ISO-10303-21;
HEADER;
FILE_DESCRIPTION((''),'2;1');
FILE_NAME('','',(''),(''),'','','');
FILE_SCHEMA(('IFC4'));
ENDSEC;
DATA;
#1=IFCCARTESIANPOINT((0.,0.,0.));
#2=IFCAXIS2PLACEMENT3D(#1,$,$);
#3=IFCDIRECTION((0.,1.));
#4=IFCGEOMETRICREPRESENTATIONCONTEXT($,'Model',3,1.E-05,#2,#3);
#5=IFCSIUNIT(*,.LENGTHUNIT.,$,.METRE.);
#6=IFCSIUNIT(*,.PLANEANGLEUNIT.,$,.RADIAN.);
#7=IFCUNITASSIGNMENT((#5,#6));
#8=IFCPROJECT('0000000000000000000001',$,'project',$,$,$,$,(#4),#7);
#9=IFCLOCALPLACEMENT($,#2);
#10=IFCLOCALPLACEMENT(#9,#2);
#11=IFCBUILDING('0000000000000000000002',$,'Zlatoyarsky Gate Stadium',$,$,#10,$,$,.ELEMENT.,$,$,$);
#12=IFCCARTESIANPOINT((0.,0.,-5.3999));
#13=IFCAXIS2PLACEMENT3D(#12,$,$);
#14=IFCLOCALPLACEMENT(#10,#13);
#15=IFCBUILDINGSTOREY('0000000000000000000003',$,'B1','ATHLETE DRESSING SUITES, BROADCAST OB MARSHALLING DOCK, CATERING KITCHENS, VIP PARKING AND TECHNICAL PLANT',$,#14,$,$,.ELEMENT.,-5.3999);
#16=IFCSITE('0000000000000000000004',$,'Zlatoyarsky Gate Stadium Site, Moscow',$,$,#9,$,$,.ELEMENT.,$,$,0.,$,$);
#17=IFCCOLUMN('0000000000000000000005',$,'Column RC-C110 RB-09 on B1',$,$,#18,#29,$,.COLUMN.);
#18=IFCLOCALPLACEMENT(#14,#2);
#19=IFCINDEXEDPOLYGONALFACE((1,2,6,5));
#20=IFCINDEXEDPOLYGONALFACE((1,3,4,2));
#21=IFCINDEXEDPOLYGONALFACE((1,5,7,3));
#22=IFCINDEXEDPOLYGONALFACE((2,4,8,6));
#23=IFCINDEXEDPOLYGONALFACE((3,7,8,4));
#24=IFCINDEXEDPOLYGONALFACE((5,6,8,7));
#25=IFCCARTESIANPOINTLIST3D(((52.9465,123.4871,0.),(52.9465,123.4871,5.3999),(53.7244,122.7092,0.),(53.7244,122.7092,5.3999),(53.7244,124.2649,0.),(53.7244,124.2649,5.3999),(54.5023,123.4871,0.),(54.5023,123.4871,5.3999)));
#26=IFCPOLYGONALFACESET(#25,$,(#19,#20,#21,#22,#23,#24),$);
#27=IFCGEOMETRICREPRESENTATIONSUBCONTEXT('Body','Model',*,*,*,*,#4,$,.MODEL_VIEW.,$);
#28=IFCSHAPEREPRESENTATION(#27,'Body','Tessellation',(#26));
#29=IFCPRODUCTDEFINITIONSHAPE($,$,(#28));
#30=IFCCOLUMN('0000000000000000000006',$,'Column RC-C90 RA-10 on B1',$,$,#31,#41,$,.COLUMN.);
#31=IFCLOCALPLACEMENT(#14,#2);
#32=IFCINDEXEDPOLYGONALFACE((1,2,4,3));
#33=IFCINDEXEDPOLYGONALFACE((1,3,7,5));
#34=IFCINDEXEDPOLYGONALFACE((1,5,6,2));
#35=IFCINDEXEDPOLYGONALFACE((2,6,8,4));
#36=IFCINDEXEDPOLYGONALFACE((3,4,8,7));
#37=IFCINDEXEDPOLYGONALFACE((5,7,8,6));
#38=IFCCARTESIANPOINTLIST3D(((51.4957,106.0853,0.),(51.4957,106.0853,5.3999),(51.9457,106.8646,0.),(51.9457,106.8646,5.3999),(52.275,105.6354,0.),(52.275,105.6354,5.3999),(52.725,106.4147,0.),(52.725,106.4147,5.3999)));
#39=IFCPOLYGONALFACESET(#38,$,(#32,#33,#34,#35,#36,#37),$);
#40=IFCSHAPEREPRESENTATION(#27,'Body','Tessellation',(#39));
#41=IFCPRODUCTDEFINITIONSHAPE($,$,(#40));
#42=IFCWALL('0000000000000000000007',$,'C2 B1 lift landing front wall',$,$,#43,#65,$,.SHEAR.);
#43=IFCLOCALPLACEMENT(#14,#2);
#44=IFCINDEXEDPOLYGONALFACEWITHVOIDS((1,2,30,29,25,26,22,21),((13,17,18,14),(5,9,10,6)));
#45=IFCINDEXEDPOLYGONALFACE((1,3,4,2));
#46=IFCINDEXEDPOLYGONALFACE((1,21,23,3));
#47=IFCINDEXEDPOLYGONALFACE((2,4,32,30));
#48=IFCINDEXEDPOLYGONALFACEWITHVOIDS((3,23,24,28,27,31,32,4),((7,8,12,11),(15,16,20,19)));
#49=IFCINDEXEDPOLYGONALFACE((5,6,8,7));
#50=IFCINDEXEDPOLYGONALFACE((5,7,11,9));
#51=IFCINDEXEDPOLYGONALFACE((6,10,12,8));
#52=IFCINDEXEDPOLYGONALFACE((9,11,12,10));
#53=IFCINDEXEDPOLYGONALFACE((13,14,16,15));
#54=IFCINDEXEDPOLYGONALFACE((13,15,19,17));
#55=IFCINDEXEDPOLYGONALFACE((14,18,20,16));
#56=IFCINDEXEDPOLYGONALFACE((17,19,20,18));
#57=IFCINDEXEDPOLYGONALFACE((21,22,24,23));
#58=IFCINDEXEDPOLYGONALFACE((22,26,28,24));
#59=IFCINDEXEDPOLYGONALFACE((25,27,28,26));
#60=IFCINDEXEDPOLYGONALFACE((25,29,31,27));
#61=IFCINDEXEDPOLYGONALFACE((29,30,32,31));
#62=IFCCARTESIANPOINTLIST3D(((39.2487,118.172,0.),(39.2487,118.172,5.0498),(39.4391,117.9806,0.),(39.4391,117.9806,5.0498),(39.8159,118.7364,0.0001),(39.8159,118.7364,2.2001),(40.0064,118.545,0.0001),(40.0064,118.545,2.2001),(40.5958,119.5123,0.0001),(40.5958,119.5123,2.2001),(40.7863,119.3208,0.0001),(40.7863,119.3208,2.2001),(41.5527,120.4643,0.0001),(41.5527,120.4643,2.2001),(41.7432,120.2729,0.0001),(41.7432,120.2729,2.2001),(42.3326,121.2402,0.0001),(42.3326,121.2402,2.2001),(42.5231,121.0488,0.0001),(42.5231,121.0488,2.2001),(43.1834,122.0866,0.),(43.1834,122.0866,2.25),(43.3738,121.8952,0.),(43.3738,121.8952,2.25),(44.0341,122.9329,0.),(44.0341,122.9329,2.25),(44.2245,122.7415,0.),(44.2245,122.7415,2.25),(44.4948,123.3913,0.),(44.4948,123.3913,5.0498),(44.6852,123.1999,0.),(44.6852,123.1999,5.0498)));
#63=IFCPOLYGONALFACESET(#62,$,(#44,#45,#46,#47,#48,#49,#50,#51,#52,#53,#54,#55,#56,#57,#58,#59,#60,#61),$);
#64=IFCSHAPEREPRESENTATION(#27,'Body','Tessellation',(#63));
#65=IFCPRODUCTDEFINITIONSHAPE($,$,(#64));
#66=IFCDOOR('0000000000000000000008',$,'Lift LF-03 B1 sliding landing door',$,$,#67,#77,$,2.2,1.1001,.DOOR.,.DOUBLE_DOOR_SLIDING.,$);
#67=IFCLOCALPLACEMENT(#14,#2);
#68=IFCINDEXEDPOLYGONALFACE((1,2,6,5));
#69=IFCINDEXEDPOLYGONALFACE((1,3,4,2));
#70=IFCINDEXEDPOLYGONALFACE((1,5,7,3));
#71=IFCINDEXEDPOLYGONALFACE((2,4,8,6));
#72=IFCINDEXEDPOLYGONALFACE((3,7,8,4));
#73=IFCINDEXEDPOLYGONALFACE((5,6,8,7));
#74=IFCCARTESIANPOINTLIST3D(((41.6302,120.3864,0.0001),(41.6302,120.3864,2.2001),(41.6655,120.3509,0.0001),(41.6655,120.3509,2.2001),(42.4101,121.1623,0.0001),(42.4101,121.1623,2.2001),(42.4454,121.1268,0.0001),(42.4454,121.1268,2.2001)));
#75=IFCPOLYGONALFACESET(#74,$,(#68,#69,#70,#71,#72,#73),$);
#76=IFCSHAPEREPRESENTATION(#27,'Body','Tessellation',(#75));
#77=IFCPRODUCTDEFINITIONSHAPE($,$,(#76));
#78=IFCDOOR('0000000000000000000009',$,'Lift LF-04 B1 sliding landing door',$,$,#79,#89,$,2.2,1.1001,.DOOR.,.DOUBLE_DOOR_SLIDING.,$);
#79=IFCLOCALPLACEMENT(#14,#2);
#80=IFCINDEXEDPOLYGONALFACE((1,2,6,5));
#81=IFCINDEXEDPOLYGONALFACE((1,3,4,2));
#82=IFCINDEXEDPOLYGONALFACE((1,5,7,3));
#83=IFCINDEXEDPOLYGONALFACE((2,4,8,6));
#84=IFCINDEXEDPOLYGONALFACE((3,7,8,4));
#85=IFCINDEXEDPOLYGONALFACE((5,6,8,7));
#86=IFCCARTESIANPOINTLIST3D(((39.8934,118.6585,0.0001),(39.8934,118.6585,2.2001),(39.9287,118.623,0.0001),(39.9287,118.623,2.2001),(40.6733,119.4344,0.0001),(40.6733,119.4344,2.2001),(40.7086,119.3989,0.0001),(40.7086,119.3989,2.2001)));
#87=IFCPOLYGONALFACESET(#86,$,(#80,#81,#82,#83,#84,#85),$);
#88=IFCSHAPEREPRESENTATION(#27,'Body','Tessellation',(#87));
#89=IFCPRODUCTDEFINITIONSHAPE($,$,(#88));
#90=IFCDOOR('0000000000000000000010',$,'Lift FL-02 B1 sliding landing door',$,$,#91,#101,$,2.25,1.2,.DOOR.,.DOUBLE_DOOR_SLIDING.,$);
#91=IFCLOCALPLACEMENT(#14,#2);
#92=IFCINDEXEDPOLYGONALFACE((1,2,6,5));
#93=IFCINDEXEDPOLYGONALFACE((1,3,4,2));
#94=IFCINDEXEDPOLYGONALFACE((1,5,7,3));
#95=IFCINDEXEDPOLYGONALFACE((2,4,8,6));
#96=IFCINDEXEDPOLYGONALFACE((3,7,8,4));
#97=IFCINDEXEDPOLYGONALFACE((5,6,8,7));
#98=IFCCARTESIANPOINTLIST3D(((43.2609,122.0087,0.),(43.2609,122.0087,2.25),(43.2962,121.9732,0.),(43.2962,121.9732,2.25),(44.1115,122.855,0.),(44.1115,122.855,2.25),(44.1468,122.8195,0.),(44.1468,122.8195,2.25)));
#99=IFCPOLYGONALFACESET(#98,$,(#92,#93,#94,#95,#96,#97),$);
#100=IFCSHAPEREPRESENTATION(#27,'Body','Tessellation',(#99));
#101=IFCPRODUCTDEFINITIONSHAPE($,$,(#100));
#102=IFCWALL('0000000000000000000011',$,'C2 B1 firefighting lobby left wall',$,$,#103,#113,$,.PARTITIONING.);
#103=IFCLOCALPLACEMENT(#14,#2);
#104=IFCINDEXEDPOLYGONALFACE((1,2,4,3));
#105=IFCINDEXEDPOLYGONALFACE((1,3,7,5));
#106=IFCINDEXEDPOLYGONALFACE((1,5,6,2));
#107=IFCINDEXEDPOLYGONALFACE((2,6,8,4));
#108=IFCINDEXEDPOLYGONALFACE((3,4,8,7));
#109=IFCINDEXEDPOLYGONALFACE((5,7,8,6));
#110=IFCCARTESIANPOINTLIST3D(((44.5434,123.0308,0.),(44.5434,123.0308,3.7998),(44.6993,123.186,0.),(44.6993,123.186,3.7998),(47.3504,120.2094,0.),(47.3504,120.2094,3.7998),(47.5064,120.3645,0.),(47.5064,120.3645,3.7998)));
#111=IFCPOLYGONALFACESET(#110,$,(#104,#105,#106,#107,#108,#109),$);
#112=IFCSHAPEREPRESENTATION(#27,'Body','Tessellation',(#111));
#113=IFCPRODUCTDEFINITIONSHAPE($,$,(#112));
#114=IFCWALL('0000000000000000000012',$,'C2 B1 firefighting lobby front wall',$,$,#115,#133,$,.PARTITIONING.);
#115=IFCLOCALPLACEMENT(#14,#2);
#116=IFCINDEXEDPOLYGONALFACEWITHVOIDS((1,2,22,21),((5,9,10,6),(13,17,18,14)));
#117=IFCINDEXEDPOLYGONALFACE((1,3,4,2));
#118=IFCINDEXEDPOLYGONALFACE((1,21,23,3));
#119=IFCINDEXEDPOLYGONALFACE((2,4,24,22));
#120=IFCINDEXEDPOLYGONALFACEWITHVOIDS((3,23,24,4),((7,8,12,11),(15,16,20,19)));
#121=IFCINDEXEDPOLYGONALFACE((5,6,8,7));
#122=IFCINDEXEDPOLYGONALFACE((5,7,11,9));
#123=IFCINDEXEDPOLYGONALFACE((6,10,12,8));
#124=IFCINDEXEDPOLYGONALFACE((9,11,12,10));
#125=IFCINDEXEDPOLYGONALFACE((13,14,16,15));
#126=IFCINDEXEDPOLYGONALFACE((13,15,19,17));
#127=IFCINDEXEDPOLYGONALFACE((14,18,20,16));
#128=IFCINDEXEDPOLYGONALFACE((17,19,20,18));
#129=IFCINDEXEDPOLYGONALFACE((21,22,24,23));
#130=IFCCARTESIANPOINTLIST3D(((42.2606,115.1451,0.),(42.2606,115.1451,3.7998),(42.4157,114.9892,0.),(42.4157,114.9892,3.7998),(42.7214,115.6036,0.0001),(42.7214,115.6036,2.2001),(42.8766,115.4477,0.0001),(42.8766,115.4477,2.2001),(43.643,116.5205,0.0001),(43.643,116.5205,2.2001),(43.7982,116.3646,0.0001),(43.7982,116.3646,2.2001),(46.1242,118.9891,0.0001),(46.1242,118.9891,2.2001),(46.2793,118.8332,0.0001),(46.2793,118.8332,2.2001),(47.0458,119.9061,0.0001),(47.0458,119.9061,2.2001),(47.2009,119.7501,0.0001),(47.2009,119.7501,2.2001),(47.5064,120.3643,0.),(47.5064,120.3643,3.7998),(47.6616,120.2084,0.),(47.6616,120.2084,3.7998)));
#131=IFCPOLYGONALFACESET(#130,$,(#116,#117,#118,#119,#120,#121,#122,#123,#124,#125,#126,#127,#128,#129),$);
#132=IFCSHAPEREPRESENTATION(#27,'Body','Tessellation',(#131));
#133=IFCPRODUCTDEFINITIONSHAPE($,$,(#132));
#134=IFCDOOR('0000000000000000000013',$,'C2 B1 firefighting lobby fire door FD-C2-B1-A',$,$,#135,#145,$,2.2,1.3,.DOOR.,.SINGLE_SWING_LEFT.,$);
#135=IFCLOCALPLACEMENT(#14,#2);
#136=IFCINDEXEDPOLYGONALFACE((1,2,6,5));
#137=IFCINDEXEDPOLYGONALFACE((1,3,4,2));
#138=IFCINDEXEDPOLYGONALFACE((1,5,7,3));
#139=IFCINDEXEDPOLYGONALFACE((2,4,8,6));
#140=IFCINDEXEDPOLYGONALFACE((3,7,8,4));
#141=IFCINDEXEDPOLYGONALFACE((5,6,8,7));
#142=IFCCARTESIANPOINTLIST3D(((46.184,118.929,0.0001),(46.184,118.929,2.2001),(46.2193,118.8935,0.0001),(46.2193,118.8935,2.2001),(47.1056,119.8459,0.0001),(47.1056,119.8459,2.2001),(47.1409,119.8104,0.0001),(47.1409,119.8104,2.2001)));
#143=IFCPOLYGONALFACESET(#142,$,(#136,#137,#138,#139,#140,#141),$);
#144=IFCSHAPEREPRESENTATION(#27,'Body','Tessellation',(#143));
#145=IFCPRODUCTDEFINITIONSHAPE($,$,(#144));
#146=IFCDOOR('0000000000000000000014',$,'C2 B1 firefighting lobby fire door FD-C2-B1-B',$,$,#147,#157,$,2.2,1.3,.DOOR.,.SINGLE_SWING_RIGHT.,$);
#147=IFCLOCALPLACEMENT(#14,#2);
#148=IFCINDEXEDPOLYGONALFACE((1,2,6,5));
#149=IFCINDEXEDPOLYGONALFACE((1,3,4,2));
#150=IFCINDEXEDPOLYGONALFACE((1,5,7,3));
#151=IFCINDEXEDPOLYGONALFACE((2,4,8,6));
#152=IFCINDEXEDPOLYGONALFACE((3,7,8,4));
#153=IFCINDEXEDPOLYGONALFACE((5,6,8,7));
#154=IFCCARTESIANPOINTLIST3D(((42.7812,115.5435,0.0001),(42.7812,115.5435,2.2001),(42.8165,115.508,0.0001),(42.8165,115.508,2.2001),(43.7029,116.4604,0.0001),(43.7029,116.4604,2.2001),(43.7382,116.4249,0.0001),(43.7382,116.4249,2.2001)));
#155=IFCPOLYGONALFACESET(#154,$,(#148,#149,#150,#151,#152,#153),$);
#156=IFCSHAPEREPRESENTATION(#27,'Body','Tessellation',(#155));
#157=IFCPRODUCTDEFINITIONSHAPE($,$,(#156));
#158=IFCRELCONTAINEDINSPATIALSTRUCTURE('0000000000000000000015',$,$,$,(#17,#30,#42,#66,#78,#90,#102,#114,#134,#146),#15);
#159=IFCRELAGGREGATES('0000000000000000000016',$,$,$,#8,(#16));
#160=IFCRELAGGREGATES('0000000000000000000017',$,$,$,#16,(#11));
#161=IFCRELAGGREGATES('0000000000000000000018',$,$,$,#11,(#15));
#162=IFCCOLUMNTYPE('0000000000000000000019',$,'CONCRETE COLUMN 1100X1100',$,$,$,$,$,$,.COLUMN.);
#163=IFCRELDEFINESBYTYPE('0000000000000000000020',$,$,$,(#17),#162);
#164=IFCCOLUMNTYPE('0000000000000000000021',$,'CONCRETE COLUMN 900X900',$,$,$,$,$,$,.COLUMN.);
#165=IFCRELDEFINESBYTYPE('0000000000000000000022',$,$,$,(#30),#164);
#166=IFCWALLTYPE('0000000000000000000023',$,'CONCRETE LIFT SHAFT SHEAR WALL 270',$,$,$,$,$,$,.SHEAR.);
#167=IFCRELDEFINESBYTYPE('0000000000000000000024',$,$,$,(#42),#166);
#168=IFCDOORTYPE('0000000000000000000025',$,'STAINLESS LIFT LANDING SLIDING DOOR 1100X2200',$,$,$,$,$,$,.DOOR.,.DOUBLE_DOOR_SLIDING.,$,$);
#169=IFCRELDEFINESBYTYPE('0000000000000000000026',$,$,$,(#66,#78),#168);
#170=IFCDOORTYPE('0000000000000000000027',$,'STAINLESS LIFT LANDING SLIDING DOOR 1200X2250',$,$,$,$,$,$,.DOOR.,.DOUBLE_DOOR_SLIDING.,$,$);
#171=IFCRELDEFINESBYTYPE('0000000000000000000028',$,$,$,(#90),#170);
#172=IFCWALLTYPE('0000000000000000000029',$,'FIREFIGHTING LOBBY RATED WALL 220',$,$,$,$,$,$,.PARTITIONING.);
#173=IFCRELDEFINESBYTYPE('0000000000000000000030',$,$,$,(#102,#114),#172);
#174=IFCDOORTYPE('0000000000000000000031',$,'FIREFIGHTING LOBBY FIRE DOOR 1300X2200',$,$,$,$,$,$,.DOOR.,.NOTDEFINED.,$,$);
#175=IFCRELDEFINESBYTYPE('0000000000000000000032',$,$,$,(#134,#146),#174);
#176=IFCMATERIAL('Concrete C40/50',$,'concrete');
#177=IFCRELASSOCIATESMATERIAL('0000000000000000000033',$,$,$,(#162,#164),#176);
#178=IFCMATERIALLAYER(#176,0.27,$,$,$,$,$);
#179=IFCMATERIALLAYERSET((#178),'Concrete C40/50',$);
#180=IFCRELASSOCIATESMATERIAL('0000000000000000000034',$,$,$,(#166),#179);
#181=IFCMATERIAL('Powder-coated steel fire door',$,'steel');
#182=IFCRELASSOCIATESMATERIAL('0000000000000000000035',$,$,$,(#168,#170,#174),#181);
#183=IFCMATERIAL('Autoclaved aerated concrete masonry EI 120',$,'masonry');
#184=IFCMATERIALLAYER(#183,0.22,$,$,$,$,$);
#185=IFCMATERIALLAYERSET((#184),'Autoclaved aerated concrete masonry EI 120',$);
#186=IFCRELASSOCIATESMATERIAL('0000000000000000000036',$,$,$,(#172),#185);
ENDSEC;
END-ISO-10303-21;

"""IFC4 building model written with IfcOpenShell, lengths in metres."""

from ifc_helpers import new_model, si_unit, direction, frame, frame_2d, origin, origin_2d, place, context, subcontext, project, spatial, rectangle, extrude, material, layer, layer_set, material_profile, profile_set, type_object, element, fill, save


model = new_model("IFC4")

# Units and contexts
model_context = context("Model", 3, precision=1e-05, world=origin(), true_north=direction((0.0, 1.0)))
body_context = subcontext(model_context, "Body", "Model", "MODEL_VIEW")
ifc_project = project(units=[si_unit("LENGTHUNIT", "METRE"), si_unit("PLANEANGLEUNIT", "RADIAN")], contexts=[model_context])

# Site, building, storey
site_placement = place(None, origin())
site = spatial("IfcSite", under=ifc_project, at=site_placement, Name="Zlatoyarsky Gate Stadium Site, Moscow", CompositionType="ELEMENT", RefElevation=0.0)
building_placement = place(site_placement, origin())
building = spatial("IfcBuilding", under=site, at=building_placement, Name="Zlatoyarsky Gate Stadium", CompositionType="ELEMENT")
storey_placement = place(building_placement, frame((0.0, 0.0, -5.3999)))
storey = spatial("IfcBuildingStorey", under=building, at=storey_placement, Name="B1", Description="ATHLETE DRESSING SUITES, BROADCAST OB MARSHALLING DOCK, CATERING KITCHENS, VIP PARKING AND TECHNICAL PLANT", CompositionType="ELEMENT", Elevation=-5.3999)

# Columns
ifc_material_1 = material(Name="Concrete C40/50", Category="concrete")
ifc_material_profile_1 = material_profile(ifc_material_1, rectangle(XDim=1.1001, YDim=1.1001, at=origin_2d()), Name="RC COL 1100X1100")
ifc_profile_set_1 = profile_set([ifc_material_profile_1], Name="Concrete C40/50")
column_type_1 = type_object("IfcColumnType", Name="CONCRETE COLUMN 1100X1100", PredefinedType="COLUMN", material=ifc_profile_set_1)
column_1_placement = place(storey_placement, frame((53.7244, 123.4871, 0.0), z_axis=(0.0, 0.0, 1.0), x_axis=(-0.707107, 0.707107, 0.0)))
element("IfcColumn", 1, at=column_1_placement, inside=storey, type_object=column_type_1, Name="Column RC-C110 RB-09 on B1", PredefinedType="COLUMN", context=body_context, shape_type="SweptSolid", body=[
    extrude(rectangle(XDim=1.1001, YDim=1.1001, at=origin_2d()), origin(), (0.0, 0.0, 1.0), 5.3999),
])
ifc_material_profile_2 = material_profile(ifc_material_1, rectangle(XDim=0.8999, YDim=0.8999, at=origin_2d()), Name="RC COL 900X900")
ifc_profile_set_2 = profile_set([ifc_material_profile_2], Name="Concrete C40/50")
column_type_2 = type_object("IfcColumnType", Name="CONCRETE COLUMN 900X900", PredefinedType="COLUMN", material=ifc_profile_set_2)
column_2_placement = place(storey_placement, frame((52.1104, 106.25, 0.0), z_axis=(0.0, 0.0, 1.0), x_axis=(-0.866025, 0.5, 0.0)))
element("IfcColumn", 2, at=column_2_placement, inside=storey, type_object=column_type_2, Name="Column RC-C90 RA-10 on B1", PredefinedType="COLUMN", context=body_context, shape_type="SweptSolid", body=[
    extrude(rectangle(XDim=0.8999, YDim=0.8999, at=origin_2d()), origin(), (0.0, 0.0, 1.0), 5.3999),
])

# Wall, openings, doors
ifc_layer_1 = layer(ifc_material_1, 0.27)
ifc_layer_set_1 = layer_set([ifc_layer_1], Name="Concrete C40/50")
wall_type_1 = type_object("IfcWallType", Name="CONCRETE LIFT SHAFT SHEAR WALL 270", PredefinedType="SHEAR", material=ifc_layer_set_1)
wall_1_placement = place(storey_placement, frame((44.5901, 123.2957, 0.0), z_axis=(0.0, 0.0, 1.0), x_axis=(-0.708919, -0.70529, 0.0)))
wall_1 = element("IfcWall", 3, at=wall_1_placement, inside=storey, type_object=wall_type_1, Name="C2 B1 lift landing front wall", PredefinedType="SHEAR", context=body_context, shape_type="SweptSolid", body=[
    extrude(rectangle(XDim=7.4001, YDim=0.27, at=frame_2d((3.7002, 0.0))), origin(), (0.0, 0.0, 1.0), 5.0498),
])
opening_1_placement = place(wall_1_placement, frame((0.6499, 0.0, 0.0)))
opening_1 = element("IfcOpeningElement", 4, at=opening_1_placement, cuts=wall_1, PredefinedType="OPENING", context=body_context, shape_type="SweptSolid", body=[
    extrude(rectangle(XDim=1.2, YDim=2.25, at=frame_2d((0.6001, 1.125))), frame((0.0, 0.145, 0.0), z_axis=(0.0, -1.0, 0.0), x_axis=(1.0, 0.0, 0.0)), (0.0, 0.0, 1.0), 0.29),
])
opening_2_placement = place(wall_1_placement, frame((3.05, 0.0, 0.0)))
opening_2 = element("IfcOpeningElement", 5, at=opening_2_placement, cuts=wall_1, PredefinedType="OPENING", context=body_context, shape_type="SweptSolid", body=[
    extrude(rectangle(XDim=1.1001, YDim=2.2, at=frame_2d((0.55, 1.1001))), frame((0.0, 0.145, 0.0), z_axis=(0.0, -1.0, 0.0), x_axis=(1.0, 0.0, 0.0)), (0.0, 0.0, 1.0), 0.29),
])
opening_3_placement = place(wall_1_placement, frame((5.5, 0.0, 0.0)))
opening_3 = element("IfcOpeningElement", 6, at=opening_3_placement, cuts=wall_1, PredefinedType="OPENING", context=body_context, shape_type="SweptSolid", body=[
    extrude(rectangle(XDim=1.1001, YDim=2.2, at=frame_2d((0.55, 1.1001))), frame((0.0, 0.145, 0.0), z_axis=(0.0, -1.0, 0.0), x_axis=(1.0, 0.0, 0.0)), (0.0, 0.0, 1.0), 0.29),
])
ifc_material_2 = material(Name="Powder-coated steel fire door", Category="steel")
door_type_1 = type_object("IfcDoorType", Name="STAINLESS LIFT LANDING SLIDING DOOR 1100X2200", OperationType="DOUBLE_DOOR_SLIDING", PredefinedType="DOOR", material=ifc_material_2)
door_1_placement = place(opening_2_placement, origin())
door_1 = element("IfcDoor", 7, at=door_1_placement, inside=storey, type_object=door_type_1, Name="Lift LF-03 B1 sliding landing door", OperationType="DOUBLE_DOOR_SLIDING", OverallHeight=2.2, OverallWidth=1.1001, PredefinedType="DOOR", context=body_context, shape_type="SweptSolid", body=[
    extrude(rectangle(XDim=1.1001, YDim=2.2, at=frame_2d((0.55, 1.1001))), frame((0.0, 0.0249, 0.0), z_axis=(0.0, -1.0, 0.0), x_axis=(1.0, 0.0, 0.0)), (0.0, 0.0, 1.0), 0.05),
])
fill(opening_2, door_1)
door_2_placement = place(opening_3_placement, origin())
door_2 = element("IfcDoor", 8, at=door_2_placement, inside=storey, type_object=door_type_1, Name="Lift LF-04 B1 sliding landing door", OperationType="DOUBLE_DOOR_SLIDING", OverallHeight=2.2, OverallWidth=1.1001, PredefinedType="DOOR", context=body_context, shape_type="SweptSolid", body=[
    extrude(rectangle(XDim=1.1001, YDim=2.2, at=frame_2d((0.55, 1.1001))), frame((0.0, 0.0249, 0.0), z_axis=(0.0, -1.0, 0.0), x_axis=(1.0, 0.0, 0.0)), (0.0, 0.0, 1.0), 0.05),
])
fill(opening_3, door_2)
door_type_2 = type_object("IfcDoorType", Name="STAINLESS LIFT LANDING SLIDING DOOR 1200X2250", OperationType="DOUBLE_DOOR_SLIDING", PredefinedType="DOOR", material=ifc_material_2)
door_3_placement = place(opening_1_placement, origin())
door_3 = element("IfcDoor", 9, at=door_3_placement, inside=storey, type_object=door_type_2, Name="Lift FL-02 B1 sliding landing door", OperationType="DOUBLE_DOOR_SLIDING", OverallHeight=2.25, OverallWidth=1.2, PredefinedType="DOOR", context=body_context, shape_type="SweptSolid", body=[
    extrude(rectangle(XDim=1.2, YDim=2.25, at=frame_2d((0.6001, 1.125))), frame((0.0, 0.0249, 0.0), z_axis=(0.0, -1.0, 0.0), x_axis=(1.0, 0.0, 0.0)), (0.0, 0.0, 1.0), 0.05),
])
fill(opening_1, door_3)

# Wall
ifc_material_3 = material(Name="Autoclaved aerated concrete masonry EI 120", Category="masonry")
ifc_layer_2 = layer(ifc_material_3, 0.22)
ifc_layer_set_2 = layer_set([ifc_layer_2], Name="Autoclaved aerated concrete masonry EI 120")
wall_type_2 = type_object("IfcWallType", Name="FIREFIGHTING LOBBY RATED WALL 220", PredefinedType="PARTITIONING", material=ifc_layer_set_2)
wall_2_placement = place(storey_placement, frame((44.6213, 123.1084, 0.0), z_axis=(0.0, 0.0, 1.0), x_axis=(0.705295, -0.708914, 0.0)))
element("IfcWall", 10, at=wall_2_placement, inside=storey, type_object=wall_type_2, Name="C2 B1 firefighting lobby left wall", PredefinedType="PARTITIONING", context=body_context, shape_type="SweptSolid", body=[
    extrude(rectangle(XDim=3.98, YDim=0.22, at=frame_2d((1.99, 0.0))), origin(), (0.0, 0.0, 1.0), 3.7998),
])

# Wall, openings, doors
wall_3_placement = place(storey_placement, frame((47.584, 120.2864, 0.0), z_axis=(0.0, 0.0, 1.0), x_axis=(-0.708903, -0.705306, 0.0)))
wall_3 = element("IfcWall", 11, at=wall_3_placement, inside=storey, type_object=wall_type_2, Name="C2 B1 firefighting lobby front wall", PredefinedType="PARTITIONING", context=body_context, shape_type="SweptSolid", body=[
    extrude(rectangle(XDim=7.3999, YDim=0.22, at=frame_2d((3.7, 0.0))), origin(), (0.0, 0.0, 1.0), 3.7998),
])
opening_4_placement = place(wall_3_placement, frame((0.6499, 0.0, 0.0)))
opening_4 = element("IfcOpeningElement", 12, at=opening_4_placement, cuts=wall_3, PredefinedType="OPENING", context=body_context, shape_type="SweptSolid", body=[
    extrude(rectangle(XDim=1.3, YDim=2.2, at=frame_2d((0.6499, 1.1001))), frame((0.0, 0.1199, 0.0), z_axis=(0.0, -1.0, 0.0), x_axis=(1.0, 0.0, 0.0)), (0.0, 0.0, 1.0), 0.24),
])
opening_5_placement = place(wall_3_placement, frame((5.45, 0.0, 0.0)))
opening_5 = element("IfcOpeningElement", 13, at=opening_5_placement, cuts=wall_3, PredefinedType="OPENING", context=body_context, shape_type="SweptSolid", body=[
    extrude(rectangle(XDim=1.3, YDim=2.2, at=frame_2d((0.6499, 1.1001))), frame((0.0, 0.1199, 0.0), z_axis=(0.0, -1.0, 0.0), x_axis=(1.0, 0.0, 0.0)), (0.0, 0.0, 1.0), 0.24),
])
door_type_3 = type_object("IfcDoorType", Name="FIREFIGHTING LOBBY FIRE DOOR 1300X2200", OperationType="NOTDEFINED", PredefinedType="DOOR", material=ifc_material_2)
door_4_placement = place(opening_4_placement, origin())
door_4 = element("IfcDoor", 14, at=door_4_placement, inside=storey, type_object=door_type_3, Name="C2 B1 firefighting lobby fire door FD-C2-B1-A", OperationType="SINGLE_SWING_LEFT", OverallHeight=2.2, OverallWidth=1.3, PredefinedType="DOOR", context=body_context, shape_type="SweptSolid", body=[
    extrude(rectangle(XDim=1.3, YDim=2.2, at=frame_2d((0.6499, 1.1001))), frame((0.0, 0.0249, 0.0), z_axis=(0.0, -1.0, 0.0), x_axis=(1.0, 0.0, 0.0)), (0.0, 0.0, 1.0), 0.05),
])
fill(opening_4, door_4)
door_5_placement = place(opening_5_placement, origin())
door_5 = element("IfcDoor", 15, at=door_5_placement, inside=storey, type_object=door_type_3, Name="C2 B1 firefighting lobby fire door FD-C2-B1-B", OperationType="SINGLE_SWING_RIGHT", OverallHeight=2.2, OverallWidth=1.3, PredefinedType="DOOR", context=body_context, shape_type="SweptSolid", body=[
    extrude(rectangle(XDim=1.3, YDim=2.2, at=frame_2d((0.6499, 1.1001))), frame((0.0, 0.0249, 0.0), z_axis=(0.0, -1.0, 0.0), x_axis=(1.0, 0.0, 0.0)), (0.0, 0.0, 1.0), 0.05),
])
fill(opening_5, door_5)

save(model, "model.ifc")
